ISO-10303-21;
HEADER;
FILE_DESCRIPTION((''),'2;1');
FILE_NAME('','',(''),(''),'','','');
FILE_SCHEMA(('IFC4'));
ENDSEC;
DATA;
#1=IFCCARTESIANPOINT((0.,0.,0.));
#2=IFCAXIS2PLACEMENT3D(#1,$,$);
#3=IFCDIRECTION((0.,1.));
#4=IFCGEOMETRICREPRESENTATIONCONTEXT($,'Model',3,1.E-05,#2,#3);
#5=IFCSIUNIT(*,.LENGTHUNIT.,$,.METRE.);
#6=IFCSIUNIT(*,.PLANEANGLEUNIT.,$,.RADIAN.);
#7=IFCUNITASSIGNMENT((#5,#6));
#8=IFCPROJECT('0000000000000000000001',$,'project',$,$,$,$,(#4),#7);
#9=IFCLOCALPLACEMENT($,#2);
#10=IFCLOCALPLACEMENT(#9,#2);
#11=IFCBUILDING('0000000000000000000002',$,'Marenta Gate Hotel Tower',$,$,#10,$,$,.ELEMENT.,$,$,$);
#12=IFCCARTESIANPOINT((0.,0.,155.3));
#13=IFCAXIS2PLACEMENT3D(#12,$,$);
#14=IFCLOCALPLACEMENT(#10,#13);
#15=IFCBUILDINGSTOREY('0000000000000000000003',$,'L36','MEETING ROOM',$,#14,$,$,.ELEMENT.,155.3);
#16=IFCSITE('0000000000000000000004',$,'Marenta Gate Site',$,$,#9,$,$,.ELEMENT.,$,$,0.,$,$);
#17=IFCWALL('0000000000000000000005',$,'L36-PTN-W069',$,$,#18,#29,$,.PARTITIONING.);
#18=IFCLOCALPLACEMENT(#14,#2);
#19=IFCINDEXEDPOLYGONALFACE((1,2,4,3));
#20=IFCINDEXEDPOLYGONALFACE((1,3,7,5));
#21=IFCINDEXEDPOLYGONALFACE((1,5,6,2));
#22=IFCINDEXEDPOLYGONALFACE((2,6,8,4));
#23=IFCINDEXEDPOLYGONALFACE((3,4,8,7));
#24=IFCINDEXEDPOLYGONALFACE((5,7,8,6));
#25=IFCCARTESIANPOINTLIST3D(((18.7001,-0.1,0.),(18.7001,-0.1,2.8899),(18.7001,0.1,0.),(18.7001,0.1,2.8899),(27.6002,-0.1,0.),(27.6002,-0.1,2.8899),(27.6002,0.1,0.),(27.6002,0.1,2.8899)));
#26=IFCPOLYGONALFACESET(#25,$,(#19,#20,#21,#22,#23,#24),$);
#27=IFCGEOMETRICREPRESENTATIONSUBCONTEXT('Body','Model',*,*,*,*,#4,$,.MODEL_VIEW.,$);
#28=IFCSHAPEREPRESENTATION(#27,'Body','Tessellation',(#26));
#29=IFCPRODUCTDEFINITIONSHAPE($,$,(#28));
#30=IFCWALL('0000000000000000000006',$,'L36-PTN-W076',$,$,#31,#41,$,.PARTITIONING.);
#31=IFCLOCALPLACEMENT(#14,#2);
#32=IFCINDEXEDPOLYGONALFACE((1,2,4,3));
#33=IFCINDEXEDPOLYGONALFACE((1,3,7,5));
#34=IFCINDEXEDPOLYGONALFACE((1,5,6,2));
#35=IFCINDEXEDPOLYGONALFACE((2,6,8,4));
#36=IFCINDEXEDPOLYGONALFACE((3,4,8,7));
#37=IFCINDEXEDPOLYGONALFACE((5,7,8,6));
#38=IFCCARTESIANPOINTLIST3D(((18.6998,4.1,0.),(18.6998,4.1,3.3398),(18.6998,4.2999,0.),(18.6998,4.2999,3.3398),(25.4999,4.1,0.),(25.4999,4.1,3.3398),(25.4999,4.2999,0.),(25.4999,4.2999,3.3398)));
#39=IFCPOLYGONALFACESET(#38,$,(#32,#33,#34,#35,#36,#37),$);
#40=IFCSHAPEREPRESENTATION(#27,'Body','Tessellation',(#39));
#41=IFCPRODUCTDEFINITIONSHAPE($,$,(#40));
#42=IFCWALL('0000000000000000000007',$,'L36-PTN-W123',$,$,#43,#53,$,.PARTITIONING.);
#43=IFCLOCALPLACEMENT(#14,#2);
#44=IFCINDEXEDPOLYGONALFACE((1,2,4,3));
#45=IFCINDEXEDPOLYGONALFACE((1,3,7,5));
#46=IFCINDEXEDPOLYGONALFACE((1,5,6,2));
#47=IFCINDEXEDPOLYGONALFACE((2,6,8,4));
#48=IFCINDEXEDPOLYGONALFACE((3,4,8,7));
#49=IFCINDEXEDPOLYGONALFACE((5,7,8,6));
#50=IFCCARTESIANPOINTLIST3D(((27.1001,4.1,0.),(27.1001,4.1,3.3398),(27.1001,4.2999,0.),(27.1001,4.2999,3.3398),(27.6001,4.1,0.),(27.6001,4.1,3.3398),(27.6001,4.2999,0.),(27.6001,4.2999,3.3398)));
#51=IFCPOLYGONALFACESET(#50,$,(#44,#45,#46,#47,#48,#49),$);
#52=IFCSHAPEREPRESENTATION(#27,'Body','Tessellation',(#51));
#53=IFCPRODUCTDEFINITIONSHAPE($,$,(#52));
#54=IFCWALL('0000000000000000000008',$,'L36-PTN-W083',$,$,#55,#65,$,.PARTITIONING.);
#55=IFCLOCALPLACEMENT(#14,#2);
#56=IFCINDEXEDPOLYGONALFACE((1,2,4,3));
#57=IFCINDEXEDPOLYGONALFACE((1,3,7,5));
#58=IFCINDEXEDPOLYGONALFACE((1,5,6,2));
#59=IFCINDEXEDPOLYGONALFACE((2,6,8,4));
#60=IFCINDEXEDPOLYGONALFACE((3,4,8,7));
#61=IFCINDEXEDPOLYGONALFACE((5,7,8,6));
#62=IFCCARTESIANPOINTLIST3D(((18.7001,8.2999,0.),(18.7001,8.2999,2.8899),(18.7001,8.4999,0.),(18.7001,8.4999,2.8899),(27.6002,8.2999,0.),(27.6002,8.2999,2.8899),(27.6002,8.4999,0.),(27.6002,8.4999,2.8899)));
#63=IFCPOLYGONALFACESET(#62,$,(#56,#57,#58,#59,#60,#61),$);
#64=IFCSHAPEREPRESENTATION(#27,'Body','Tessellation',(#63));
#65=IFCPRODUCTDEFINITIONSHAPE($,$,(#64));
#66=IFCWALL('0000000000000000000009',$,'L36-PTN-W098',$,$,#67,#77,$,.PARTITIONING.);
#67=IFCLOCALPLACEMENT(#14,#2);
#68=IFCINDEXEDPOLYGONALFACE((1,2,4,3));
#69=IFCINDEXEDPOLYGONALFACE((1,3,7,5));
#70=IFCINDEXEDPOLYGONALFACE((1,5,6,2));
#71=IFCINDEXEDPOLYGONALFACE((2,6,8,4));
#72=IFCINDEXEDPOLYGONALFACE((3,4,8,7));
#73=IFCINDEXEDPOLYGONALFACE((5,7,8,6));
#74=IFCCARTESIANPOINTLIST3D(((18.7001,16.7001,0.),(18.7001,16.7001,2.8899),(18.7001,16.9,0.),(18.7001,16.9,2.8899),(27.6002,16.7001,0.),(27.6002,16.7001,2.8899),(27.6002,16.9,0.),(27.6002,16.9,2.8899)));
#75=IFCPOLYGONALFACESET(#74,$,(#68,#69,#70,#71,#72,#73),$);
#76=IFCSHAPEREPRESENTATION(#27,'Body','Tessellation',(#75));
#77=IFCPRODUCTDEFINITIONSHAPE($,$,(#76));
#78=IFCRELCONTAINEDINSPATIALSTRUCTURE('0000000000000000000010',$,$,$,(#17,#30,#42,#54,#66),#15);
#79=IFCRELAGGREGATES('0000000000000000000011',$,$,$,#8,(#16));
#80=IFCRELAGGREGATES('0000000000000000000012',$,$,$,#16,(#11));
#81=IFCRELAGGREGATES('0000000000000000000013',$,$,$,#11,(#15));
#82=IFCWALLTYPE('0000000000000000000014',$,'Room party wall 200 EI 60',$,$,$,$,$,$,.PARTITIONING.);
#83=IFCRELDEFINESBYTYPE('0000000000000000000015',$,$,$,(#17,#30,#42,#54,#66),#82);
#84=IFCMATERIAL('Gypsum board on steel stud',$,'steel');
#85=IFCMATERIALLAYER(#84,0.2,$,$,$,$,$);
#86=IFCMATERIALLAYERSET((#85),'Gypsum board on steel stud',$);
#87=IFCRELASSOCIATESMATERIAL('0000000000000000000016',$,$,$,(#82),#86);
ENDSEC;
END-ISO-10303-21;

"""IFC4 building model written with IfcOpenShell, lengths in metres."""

from ifc_helpers import new_model, si_unit, direction, frame, frame_2d, origin, place, context, subcontext, project, spatial, rectangle, extrude, material, layer, layer_set, type_object, element, save


model = new_model("IFC4")

# Units and contexts
model_context = context("Model", 3, precision=1e-05, world=origin(), true_north=direction((0.0, 1.0)))
body_context = subcontext(model_context, "Body", "Model", "MODEL_VIEW")
ifc_project = project(units=[si_unit("LENGTHUNIT", "METRE"), si_unit("PLANEANGLEUNIT", "RADIAN")], contexts=[model_context])

# Site, building, storey
site_placement = place(None, origin())
site = spatial("IfcSite", under=ifc_project, at=site_placement, Name="Marenta Gate Site", CompositionType="ELEMENT", RefElevation=0.0)
building_placement = place(site_placement, origin())
building = spatial("IfcBuilding", under=site, at=building_placement, Name="Marenta Gate Hotel Tower", CompositionType="ELEMENT")
storey_placement = place(building_placement, frame((0.0, 0.0, 155.3)))
storey = spatial("IfcBuildingStorey", under=building, at=storey_placement, Name="L36", Description="MEETING ROOM", CompositionType="ELEMENT", Elevation=155.3)

# Walls
ifc_material_1 = material(Name="Gypsum board on steel stud", Category="steel")
ifc_layer_1 = layer(ifc_material_1, 0.2)
ifc_layer_set_1 = layer_set([ifc_layer_1], Name="Gypsum board on steel stud")
wall_type_1 = type_object("IfcWallType", Name="Room party wall 200 EI 60", PredefinedType="PARTITIONING", material=ifc_layer_set_1)
wall_1_placement = place(storey_placement, frame((18.7, 0.0, 0.0), z_axis=(0.0, 0.0, 1.0), x_axis=(1.0, 0.0, 0.0)))
element("IfcWall", 1, at=wall_1_placement, inside=storey, type_object=wall_type_1, Name="L36-PTN-W069", PredefinedType="PARTITIONING", context=body_context, shape_type="SweptSolid", body=[
    extrude(rectangle(XDim=8.9001, YDim=0.2, at=frame_2d((4.4502, 0.0))), origin(), (0.0, 0.0, 1.0), 2.8899),
])
wall_2_placement = place(storey_placement, frame((18.7, 4.2, 0.0), z_axis=(0.0, 0.0, 1.0), x_axis=(1.0, 0.0, 0.0)))
element("IfcWall", 2, at=wall_2_placement, inside=storey, type_object=wall_type_1, Name="L36-PTN-W076", PredefinedType="PARTITIONING", context=body_context, shape_type="SweptSolid", body=[
    extrude(rectangle(XDim=6.8, YDim=0.2, at=frame_2d((3.3999, 0.0))), origin(), (0.0, 0.0, 1.0), 3.3398),
])
wall_3_placement = place(storey_placement, frame((27.1001, 4.2, 0.0), z_axis=(0.0, 0.0, 1.0), x_axis=(1.0, 0.0, 0.0)))
element("IfcWall", 3, at=wall_3_placement, inside=storey, type_object=wall_type_1, Name="L36-PTN-W123", PredefinedType="PARTITIONING", context=body_context, shape_type="SweptSolid", body=[
    extrude(rectangle(XDim=0.5, YDim=0.2, at=frame_2d((0.25, 0.0))), origin(), (0.0, 0.0, 1.0), 3.3398),
])
for number, where, z_axis, x_axis, name in (
    (4, (18.7, 8.3999, 0.0), (0.0, 0.0, 1.0), (1.0, 0.0, 0.0), "L36-PTN-W083"),
    (5, (18.7, 16.8, 0.0), (0.0, 0.0, 1.0), (1.0, 0.0, 0.0), "L36-PTN-W098"),
):
    element("IfcWall", number, at=place(storey_placement, frame(where, z_axis=z_axis, x_axis=x_axis)), inside=storey, type_object=wall_type_1, Name=name, PredefinedType="PARTITIONING", context=body_context, shape_type="SweptSolid", body=[
        extrude(rectangle(XDim=8.9001, YDim=0.2, at=frame_2d((4.4502, 0.0))), origin(), (0.0, 0.0, 1.0), 2.8899),
    ])

save(model, "model.ifc")
